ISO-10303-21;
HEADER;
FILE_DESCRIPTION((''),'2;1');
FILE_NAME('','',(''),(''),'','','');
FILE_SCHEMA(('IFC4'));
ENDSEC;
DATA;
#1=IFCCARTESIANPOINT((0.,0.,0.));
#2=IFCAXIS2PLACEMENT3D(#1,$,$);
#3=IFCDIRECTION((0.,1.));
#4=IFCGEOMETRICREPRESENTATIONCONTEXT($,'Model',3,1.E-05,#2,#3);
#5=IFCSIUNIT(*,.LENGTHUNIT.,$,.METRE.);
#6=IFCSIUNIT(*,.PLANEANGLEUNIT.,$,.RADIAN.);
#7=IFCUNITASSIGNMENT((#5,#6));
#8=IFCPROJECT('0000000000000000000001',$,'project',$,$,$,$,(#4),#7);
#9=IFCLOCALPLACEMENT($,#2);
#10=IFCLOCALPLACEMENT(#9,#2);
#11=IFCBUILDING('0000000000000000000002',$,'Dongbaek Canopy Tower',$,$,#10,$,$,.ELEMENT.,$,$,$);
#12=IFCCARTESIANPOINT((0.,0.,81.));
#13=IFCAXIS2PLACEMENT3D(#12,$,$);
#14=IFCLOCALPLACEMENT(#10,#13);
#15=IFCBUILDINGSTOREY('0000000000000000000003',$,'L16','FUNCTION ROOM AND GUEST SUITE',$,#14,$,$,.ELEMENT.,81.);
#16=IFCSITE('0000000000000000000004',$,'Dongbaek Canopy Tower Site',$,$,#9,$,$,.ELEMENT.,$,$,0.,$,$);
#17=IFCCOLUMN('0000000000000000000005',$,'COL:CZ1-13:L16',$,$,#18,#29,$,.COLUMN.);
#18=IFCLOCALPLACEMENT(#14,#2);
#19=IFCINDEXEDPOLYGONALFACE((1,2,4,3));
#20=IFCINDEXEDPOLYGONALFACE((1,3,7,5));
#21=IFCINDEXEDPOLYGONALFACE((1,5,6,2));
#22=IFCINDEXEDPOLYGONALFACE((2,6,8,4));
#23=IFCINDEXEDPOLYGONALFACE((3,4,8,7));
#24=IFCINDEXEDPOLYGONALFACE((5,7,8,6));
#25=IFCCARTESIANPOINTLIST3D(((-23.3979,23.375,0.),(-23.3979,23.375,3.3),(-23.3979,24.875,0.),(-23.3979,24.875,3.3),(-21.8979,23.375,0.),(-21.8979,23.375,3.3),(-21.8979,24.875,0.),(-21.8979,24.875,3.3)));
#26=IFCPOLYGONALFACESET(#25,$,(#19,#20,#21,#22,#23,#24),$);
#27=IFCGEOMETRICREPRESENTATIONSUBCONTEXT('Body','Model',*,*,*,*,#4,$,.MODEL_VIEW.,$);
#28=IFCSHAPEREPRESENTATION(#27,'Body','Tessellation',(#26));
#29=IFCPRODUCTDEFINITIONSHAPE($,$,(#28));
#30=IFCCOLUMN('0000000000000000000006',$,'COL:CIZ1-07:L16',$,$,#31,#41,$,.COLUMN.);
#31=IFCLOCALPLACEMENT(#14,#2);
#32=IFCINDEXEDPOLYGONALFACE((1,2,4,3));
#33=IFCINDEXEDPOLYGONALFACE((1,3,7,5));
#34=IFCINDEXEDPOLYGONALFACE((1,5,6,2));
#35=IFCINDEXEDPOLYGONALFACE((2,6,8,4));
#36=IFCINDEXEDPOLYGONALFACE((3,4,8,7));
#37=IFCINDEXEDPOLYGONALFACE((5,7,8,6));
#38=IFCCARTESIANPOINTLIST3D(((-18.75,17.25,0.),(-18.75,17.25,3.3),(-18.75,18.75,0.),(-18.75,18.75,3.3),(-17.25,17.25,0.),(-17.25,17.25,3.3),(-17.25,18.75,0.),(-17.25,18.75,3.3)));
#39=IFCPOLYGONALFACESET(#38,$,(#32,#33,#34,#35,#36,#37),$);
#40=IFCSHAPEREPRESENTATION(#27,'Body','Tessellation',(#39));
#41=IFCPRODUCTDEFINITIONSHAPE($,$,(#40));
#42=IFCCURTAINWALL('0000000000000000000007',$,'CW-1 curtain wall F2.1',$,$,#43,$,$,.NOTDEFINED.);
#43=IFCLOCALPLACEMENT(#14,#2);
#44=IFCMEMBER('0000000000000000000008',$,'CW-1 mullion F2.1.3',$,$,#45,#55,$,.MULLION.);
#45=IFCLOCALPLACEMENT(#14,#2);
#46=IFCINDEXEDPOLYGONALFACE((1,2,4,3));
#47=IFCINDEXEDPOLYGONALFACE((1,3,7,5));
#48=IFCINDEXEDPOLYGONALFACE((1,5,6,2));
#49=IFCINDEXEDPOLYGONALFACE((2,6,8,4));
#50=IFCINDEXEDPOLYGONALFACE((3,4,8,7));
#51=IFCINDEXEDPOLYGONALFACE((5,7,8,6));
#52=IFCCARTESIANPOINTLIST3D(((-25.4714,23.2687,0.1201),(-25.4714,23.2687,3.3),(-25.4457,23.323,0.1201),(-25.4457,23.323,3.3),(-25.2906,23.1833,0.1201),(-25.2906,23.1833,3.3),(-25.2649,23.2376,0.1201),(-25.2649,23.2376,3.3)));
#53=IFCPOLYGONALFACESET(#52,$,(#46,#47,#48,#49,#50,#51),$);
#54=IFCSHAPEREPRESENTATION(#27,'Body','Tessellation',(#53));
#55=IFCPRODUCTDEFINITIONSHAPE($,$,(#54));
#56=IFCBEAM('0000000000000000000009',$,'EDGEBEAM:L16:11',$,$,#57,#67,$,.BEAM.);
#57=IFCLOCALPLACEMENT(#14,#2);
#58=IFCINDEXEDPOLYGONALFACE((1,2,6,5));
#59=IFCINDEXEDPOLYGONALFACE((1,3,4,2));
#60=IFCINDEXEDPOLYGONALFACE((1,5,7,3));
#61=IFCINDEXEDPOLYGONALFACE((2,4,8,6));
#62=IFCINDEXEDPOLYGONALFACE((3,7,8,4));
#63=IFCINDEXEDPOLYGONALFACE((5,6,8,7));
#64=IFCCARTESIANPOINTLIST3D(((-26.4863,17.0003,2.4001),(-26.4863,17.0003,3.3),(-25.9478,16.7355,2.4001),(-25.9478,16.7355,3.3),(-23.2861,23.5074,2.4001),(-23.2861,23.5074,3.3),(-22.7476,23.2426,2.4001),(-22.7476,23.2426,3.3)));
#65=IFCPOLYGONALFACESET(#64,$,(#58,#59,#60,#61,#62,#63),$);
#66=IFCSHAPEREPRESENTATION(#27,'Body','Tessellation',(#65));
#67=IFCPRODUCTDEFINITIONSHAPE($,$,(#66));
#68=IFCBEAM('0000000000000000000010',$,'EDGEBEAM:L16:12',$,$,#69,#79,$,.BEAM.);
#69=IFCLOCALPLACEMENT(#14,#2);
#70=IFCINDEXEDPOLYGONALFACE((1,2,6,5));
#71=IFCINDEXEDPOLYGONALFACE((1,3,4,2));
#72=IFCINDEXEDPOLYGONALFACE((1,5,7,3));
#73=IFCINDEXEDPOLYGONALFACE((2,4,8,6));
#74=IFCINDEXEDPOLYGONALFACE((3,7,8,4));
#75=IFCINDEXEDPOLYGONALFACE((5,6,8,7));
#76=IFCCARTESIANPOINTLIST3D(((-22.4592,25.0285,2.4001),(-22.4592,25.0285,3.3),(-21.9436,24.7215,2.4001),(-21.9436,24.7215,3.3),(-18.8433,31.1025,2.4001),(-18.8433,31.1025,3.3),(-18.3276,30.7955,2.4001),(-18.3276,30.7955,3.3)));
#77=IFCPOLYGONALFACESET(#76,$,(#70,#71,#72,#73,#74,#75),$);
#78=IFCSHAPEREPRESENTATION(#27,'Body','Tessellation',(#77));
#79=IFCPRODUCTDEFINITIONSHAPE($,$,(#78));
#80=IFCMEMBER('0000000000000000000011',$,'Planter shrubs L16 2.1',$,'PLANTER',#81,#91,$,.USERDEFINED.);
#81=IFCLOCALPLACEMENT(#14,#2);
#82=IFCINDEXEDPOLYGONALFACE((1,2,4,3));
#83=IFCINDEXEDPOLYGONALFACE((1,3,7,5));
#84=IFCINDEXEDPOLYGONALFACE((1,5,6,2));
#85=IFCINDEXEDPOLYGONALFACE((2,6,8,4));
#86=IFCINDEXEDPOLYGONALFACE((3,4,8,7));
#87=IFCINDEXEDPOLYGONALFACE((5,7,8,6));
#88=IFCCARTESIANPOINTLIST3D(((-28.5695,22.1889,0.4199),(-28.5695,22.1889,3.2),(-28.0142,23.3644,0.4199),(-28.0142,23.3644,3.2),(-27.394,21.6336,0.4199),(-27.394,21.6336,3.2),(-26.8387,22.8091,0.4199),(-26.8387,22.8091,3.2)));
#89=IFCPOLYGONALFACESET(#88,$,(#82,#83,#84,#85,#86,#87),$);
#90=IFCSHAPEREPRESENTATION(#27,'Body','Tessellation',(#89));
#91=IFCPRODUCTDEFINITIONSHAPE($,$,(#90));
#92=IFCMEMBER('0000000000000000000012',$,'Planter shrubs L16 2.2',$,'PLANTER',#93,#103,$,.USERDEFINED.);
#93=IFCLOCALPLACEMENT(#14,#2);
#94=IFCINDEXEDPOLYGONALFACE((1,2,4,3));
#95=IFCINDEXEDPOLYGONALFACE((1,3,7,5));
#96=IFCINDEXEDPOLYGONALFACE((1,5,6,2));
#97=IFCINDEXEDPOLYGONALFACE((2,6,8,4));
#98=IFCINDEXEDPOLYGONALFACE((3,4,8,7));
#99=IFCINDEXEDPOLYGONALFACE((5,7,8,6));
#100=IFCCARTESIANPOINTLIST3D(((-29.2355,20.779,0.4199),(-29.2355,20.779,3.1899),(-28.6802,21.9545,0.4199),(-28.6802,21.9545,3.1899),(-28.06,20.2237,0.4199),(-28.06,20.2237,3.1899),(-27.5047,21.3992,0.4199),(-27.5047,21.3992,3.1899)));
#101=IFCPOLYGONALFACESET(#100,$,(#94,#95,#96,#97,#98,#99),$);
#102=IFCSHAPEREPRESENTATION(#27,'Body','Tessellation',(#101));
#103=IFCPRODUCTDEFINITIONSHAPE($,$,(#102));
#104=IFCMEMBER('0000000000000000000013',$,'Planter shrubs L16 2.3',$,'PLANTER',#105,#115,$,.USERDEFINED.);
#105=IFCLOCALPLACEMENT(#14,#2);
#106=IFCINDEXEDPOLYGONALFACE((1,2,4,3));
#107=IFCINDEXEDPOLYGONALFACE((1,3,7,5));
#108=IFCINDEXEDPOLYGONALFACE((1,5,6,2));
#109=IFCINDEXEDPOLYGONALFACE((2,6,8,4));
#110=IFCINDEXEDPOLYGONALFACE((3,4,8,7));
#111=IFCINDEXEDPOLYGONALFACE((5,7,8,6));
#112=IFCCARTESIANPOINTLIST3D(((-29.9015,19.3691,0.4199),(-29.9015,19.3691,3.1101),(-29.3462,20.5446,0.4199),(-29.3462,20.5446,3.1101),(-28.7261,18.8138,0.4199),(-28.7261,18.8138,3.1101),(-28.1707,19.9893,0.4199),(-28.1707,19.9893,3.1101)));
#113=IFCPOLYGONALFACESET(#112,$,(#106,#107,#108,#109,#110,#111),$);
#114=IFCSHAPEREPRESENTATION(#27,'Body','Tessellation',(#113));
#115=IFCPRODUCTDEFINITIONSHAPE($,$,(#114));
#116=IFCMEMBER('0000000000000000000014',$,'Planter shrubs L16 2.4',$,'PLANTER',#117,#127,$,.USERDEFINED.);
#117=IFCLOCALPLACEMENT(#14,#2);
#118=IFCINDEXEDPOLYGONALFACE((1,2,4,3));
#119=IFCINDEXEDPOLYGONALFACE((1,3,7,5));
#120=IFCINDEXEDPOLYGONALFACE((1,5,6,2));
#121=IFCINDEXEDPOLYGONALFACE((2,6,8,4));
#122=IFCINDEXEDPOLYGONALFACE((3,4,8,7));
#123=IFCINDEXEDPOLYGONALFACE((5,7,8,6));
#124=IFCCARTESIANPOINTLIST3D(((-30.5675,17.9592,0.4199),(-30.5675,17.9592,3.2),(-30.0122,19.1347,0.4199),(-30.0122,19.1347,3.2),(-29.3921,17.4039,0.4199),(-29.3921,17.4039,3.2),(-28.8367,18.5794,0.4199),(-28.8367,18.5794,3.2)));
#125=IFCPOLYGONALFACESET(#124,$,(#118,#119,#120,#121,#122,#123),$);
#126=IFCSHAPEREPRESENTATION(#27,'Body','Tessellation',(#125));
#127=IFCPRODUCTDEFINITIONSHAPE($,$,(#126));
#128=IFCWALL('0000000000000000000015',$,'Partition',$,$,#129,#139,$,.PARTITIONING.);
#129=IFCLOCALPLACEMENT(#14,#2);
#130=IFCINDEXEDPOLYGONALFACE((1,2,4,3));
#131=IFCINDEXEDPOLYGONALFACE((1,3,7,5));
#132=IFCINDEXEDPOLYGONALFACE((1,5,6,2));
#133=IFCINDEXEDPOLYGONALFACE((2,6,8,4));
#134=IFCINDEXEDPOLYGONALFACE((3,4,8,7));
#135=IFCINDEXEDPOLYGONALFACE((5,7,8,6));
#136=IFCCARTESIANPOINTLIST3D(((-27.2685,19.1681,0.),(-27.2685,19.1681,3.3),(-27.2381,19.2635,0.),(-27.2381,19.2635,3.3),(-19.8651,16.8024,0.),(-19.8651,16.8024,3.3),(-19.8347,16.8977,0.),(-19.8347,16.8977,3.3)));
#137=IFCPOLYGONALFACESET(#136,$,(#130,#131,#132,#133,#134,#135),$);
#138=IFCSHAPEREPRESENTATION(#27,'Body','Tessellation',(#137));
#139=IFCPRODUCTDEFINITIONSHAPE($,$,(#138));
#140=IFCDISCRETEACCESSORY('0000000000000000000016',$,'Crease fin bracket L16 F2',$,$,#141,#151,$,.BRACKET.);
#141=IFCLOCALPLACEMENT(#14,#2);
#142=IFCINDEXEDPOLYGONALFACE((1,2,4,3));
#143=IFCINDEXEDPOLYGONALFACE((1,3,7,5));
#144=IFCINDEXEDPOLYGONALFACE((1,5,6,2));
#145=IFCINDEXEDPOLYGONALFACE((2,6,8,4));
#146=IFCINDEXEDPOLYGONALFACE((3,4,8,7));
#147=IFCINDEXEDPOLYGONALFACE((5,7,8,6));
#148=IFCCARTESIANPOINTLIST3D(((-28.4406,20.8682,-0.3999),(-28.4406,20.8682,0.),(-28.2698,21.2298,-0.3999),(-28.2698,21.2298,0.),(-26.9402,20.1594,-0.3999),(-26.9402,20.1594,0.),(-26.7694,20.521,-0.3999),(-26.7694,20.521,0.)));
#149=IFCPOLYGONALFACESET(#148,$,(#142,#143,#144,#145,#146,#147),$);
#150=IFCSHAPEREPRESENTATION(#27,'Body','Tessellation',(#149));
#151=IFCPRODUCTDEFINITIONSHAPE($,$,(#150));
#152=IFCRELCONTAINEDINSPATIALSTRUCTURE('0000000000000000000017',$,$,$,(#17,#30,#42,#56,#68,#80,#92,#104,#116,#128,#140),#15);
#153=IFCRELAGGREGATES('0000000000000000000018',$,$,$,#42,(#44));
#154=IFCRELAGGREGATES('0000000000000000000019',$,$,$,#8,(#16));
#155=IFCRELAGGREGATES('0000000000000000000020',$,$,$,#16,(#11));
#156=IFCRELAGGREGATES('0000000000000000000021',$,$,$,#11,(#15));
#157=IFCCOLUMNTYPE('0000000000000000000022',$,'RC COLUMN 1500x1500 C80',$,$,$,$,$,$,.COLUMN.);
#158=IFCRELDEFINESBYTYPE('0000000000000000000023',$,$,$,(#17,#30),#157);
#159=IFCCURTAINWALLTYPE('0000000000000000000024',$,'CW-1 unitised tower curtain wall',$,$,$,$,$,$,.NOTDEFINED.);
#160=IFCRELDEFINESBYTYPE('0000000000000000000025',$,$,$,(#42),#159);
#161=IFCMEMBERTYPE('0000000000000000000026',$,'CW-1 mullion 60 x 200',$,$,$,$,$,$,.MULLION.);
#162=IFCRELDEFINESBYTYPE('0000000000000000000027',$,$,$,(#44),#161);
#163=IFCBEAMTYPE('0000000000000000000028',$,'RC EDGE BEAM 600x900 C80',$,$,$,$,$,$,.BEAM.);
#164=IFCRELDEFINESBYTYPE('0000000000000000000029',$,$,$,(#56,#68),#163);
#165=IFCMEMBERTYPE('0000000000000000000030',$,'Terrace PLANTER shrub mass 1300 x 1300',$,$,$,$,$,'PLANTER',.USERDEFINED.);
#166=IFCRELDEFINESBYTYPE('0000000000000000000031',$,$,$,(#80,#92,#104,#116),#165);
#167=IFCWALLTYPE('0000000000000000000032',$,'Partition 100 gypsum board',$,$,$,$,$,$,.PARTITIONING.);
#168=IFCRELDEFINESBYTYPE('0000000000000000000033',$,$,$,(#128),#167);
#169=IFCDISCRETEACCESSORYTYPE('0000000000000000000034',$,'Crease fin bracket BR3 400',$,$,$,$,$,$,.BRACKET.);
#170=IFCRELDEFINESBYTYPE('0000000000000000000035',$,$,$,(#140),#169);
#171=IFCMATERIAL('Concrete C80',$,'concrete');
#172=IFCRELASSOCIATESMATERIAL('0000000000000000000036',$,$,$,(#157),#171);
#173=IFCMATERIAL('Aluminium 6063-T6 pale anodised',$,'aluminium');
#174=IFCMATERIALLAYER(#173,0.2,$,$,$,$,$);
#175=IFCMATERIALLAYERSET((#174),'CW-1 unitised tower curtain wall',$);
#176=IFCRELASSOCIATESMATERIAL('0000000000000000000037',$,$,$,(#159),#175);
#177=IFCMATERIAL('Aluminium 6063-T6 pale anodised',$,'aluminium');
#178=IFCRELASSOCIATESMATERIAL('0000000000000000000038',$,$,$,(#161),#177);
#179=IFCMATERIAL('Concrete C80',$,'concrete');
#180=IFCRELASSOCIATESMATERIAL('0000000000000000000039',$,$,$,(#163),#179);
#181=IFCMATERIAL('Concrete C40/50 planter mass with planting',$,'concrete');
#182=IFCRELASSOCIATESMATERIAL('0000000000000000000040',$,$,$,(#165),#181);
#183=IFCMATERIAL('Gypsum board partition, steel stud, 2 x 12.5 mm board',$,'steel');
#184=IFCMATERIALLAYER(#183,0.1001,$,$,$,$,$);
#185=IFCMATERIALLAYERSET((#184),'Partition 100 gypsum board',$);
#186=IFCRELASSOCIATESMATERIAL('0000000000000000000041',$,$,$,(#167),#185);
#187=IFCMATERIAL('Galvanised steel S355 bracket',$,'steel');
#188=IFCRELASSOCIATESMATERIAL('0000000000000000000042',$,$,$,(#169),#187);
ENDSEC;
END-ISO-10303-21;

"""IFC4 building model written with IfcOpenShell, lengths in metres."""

from ifc_helpers import new_model, si_unit, direction, frame, frame_2d, origin, origin_2d, place, context, subcontext, project, spatial, rectangle, extrude, material, layer, layer_set, material_profile, profile_set, type_object, element, aggregate, save


model = new_model("IFC4")

# Units and contexts
model_context = context("Model", 3, precision=1e-05, world=origin(), true_north=direction((0.0, 1.0)))
body_context = subcontext(model_context, "Body", "Model", "MODEL_VIEW")
ifc_project = project(units=[si_unit("LENGTHUNIT", "METRE"), si_unit("PLANEANGLEUNIT", "RADIAN")], contexts=[model_context])

# Site, building, storey
site_placement = place(None, origin())
site = spatial("IfcSite", under=ifc_project, at=site_placement, Name="Dongbaek Canopy Tower Site", CompositionType="ELEMENT", RefElevation=0.0)
building_placement = place(site_placement, origin())
building = spatial("IfcBuilding", under=site, at=building_placement, Name="Dongbaek Canopy Tower", CompositionType="ELEMENT")
storey_placement = place(building_placement, frame((0.0, 0.0, 81.0)))
storey = spatial("IfcBuildingStorey", under=building, at=storey_placement, Name="L16", Description="FUNCTION ROOM AND GUEST SUITE", CompositionType="ELEMENT", Elevation=81.0)

# Columns
ifc_material_1 = material(Name="Concrete C80", Category="concrete")
ifc_material_profile_1 = material_profile(ifc_material_1, rectangle(XDim=1.5, YDim=1.5, at=origin_2d()), Name="RC COLUMN 1500x1500 C80")
ifc_profile_set_1 = profile_set([ifc_material_profile_1], Name="Concrete C80")
column_type = type_object("IfcColumnType", Name="RC COLUMN 1500x1500 C80", PredefinedType="COLUMN", material=ifc_profile_set_1)
for number, where, z_axis, x_axis, name in (
    (1, (-22.6479, 24.125, 0.0), (0.0, 0.0, 1.0), (1.0, 0.0, 0.0), "COL:CZ1-13:L16"),
    (2, (-18.0, 18.0, 0.0), (0.0, 0.0, 1.0), (1.0, 0.0, 0.0), "COL:CIZ1-07:L16"),
):
    element("IfcColumn", number, at=place(storey_placement, frame(where, z_axis=z_axis, x_axis=x_axis)), inside=storey, type_object=column_type, Name=name, PredefinedType="COLUMN", context=body_context, shape_type="SweptSolid", body=[
        extrude(rectangle(XDim=1.5, YDim=1.5, at=origin_2d()), origin(), (0.0, 0.0, 1.0), 3.3),
    ])

# Curtain wall, member
ifc_material_2 = material(Name="Aluminium 6063-T6 pale anodised", Category="aluminium")
ifc_layer_1 = layer(ifc_material_2, 0.2)
ifc_layer_set_1 = layer_set([ifc_layer_1], Name="CW-1 unitised tower curtain wall")
curtain_wall_type = type_object("IfcCurtainWallType", Name="CW-1 unitised tower curtain wall", PredefinedType="NOTDEFINED", material=ifc_layer_set_1)
curtain_wall_placement = place(storey_placement, origin())
curtain_wall = element("IfcCurtainWall", 3, at=curtain_wall_placement, inside=storey, type_object=curtain_wall_type, Name="CW-1 curtain wall F2.1", PredefinedType="NOTDEFINED")
ifc_material_3 = material(Name="Aluminium 6063-T6 pale anodised", Category="aluminium")
ifc_material_profile_2 = material_profile(ifc_material_3, rectangle(XDim=0.2, YDim=0.0601, at=origin_2d()), Name="CW-1 mullion 60 x 200")
ifc_profile_set_2 = profile_set([ifc_material_profile_2], Name="Aluminium 6063-T6 pale anodised")
member_type_1 = type_object("IfcMemberType", Name="CW-1 mullion 60 x 200", PredefinedType="MULLION", material=ifc_profile_set_2)
member_1_placement = place(storey_placement, frame((-25.3682, 23.2532, 0.1201), z_axis=(0.0, 0.0, 1.0), x_axis=(-0.904177, 0.427157, 0.0)))
member_1 = element("IfcMember", 4, at=member_1_placement, type_object=member_type_1, Name="CW-1 mullion F2.1.3", PredefinedType="MULLION", context=body_context, shape_type="SweptSolid", body=[
    extrude(rectangle(XDim=0.2, YDim=0.0601, at=origin_2d()), origin(), (0.0, 0.0, 1.0), 3.1799),
])
aggregate(curtain_wall, [member_1])

# Beams
ifc_material_4 = material(Name="Concrete C80", Category="concrete")
ifc_material_profile_3 = material_profile(ifc_material_4, rectangle(XDim=0.6001, YDim=0.8999, at=origin_2d()), Name="RC EDGE BEAM 600x900 C80")
ifc_profile_set_3 = profile_set([ifc_material_profile_3], Name="Concrete C80")
beam_type = type_object("IfcBeamType", Name="RC EDGE BEAM 600x900 C80", PredefinedType="BEAM", material=ifc_profile_set_3)
beam_1_placement = place(storey_placement, frame((-26.217, 16.8679, 2.8501), z_axis=(0.441319, 0.89735, 0.0), x_axis=(-0.89735, 0.441319, 0.0)))
element("IfcBeam", 5, at=beam_1_placement, inside=storey, type_object=beam_type, Name="EDGEBEAM:L16:11", PredefinedType="BEAM", context=body_context, shape_type="SweptSolid", body=[
    extrude(rectangle(XDim=0.6001, YDim=0.8999, at=origin_2d()), origin(), (0.0, 0.0, 1.0), 7.2515),
])
beam_2_placement = place(storey_placement, frame((-22.2014, 24.875, 2.8501), z_axis=(0.511537, 0.859261, 0.0), x_axis=(-0.859261, 0.511537, 0.0)))
element("IfcBeam", 6, at=beam_2_placement, inside=storey, type_object=beam_type, Name="EDGEBEAM:L16:12", PredefinedType="BEAM", context=body_context, shape_type="SweptSolid", body=[
    extrude(rectangle(XDim=0.6001, YDim=0.8999, at=origin_2d()), origin(), (0.0, 0.0, 1.0), 7.0688),
])

# Members
ifc_material_5 = material(Name="Concrete C40/50 planter mass with planting", Category="concrete")
ifc_material_profile_4 = material_profile(ifc_material_5, rectangle(XDim=1.3, YDim=1.3, at=origin_2d()), Name="Terrace PLANTER shrub mass 1300 x 1300")
ifc_profile_set_4 = profile_set([ifc_material_profile_4], Name="Concrete C40/50 planter mass with planting")
member_type_2 = type_object("IfcMemberType", Name="Terrace PLANTER shrub mass 1300 x 1300", ElementType="PLANTER", PredefinedType="USERDEFINED", material=ifc_profile_set_4)
member_2_placement = place(storey_placement, frame((-27.7041, 22.499, 0.4199), z_axis=(0.0, 0.0, 1.0), x_axis=(-0.904177, 0.427157, 0.0)))
element("IfcMember", 7, at=member_2_placement, inside=storey, type_object=member_type_2, Name="Planter shrubs L16 2.1", ObjectType="PLANTER", PredefinedType="USERDEFINED", context=body_context, shape_type="SweptSolid", body=[
    extrude(rectangle(XDim=1.3, YDim=1.3, at=origin_2d()), origin(), (0.0, 0.0, 1.0), 2.78),
])
member_3_placement = place(storey_placement, frame((-28.3701, 21.0891, 0.4199), z_axis=(0.0, 0.0, 1.0), x_axis=(-0.904177, 0.427157, 0.0)))
element("IfcMember", 8, at=member_3_placement, inside=storey, type_object=member_type_2, Name="Planter shrubs L16 2.2", ObjectType="PLANTER", PredefinedType="USERDEFINED", context=body_context, shape_type="SweptSolid", body=[
    extrude(rectangle(XDim=1.3, YDim=1.3, at=origin_2d()), origin(), (0.0, 0.0, 1.0), 2.77),
])
member_4_placement = place(storey_placement, frame((-29.0361, 19.6792, 0.4199), z_axis=(0.0, 0.0, 1.0), x_axis=(-0.904177, 0.427157, 0.0)))
element("IfcMember", 9, at=member_4_placement, inside=storey, type_object=member_type_2, Name="Planter shrubs L16 2.3", ObjectType="PLANTER", PredefinedType="USERDEFINED", context=body_context, shape_type="SweptSolid", body=[
    extrude(rectangle(XDim=1.3, YDim=1.3, at=origin_2d()), origin(), (0.0, 0.0, 1.0), 2.6902),
])
member_5_placement = place(storey_placement, frame((-29.7021, 18.2693, 0.4199), z_axis=(0.0, 0.0, 1.0), x_axis=(-0.904177, 0.427157, 0.0)))
element("IfcMember", 10, at=member_5_placement, inside=storey, type_object=member_type_2, Name="Planter shrubs L16 2.4", ObjectType="PLANTER", PredefinedType="USERDEFINED", context=body_context, shape_type="SweptSolid", body=[
    extrude(rectangle(XDim=1.3, YDim=1.3, at=origin_2d()), origin(), (0.0, 0.0, 1.0), 2.78),
])

# Wall
ifc_material_6 = material(Name="Gypsum board partition, steel stud, 2 x 12.5 mm board", Category="steel")
ifc_layer_2 = layer(ifc_material_6, 0.1001)
ifc_layer_set_2 = layer_set([ifc_layer_2], Name="Partition 100 gypsum board")
wall_type_1 = type_object("IfcWallType", Name="Partition 100 gypsum board", PredefinedType="PARTITIONING", material=ifc_layer_set_2)
wall_1_placement = place(storey_placement, frame((-27.2534, 19.2158, 0.0), z_axis=(0.0, 0.0, 1.0), x_axis=(0.952549, -0.304386, 0.0)))
element("IfcWall", 11, at=wall_1_placement, inside=storey, type_object=wall_type_1, Name="Partition", PredefinedType="PARTITIONING", context=body_context, shape_type="SweptSolid", body=[
    extrude(rectangle(XDim=7.7722, YDim=0.1001, at=frame_2d((3.8862, 0.0))), origin(), (0.0, 0.0, 1.0), 3.3),
])

# Discrete accessory
ifc_material_7 = material(Name="Galvanised steel S355 bracket", Category="steel")
discrete_accessory_type = type_object("IfcDiscreteAccessoryType", Name="Crease fin bracket BR3 400", PredefinedType="BRACKET", material=ifc_material_7)
discrete_accessory_placement = place(storey_placement, frame((-27.605, 20.6946, -0.3999), z_axis=(0.0, 0.0, 1.0), x_axis=(-0.904177, 0.427157, 0.0)))
element("IfcDiscreteAccessory", 12, at=discrete_accessory_placement, inside=storey, type_object=discrete_accessory_type, Name="Crease fin bracket L16 F2", PredefinedType="BRACKET", context=body_context, shape_type="SweptSolid", body=[
    extrude(rectangle(XDim=1.6594, YDim=0.3999, at=origin_2d()), origin(), (0.0, 0.0, 1.0), 0.3999),
])

save(model, "model.ifc")
